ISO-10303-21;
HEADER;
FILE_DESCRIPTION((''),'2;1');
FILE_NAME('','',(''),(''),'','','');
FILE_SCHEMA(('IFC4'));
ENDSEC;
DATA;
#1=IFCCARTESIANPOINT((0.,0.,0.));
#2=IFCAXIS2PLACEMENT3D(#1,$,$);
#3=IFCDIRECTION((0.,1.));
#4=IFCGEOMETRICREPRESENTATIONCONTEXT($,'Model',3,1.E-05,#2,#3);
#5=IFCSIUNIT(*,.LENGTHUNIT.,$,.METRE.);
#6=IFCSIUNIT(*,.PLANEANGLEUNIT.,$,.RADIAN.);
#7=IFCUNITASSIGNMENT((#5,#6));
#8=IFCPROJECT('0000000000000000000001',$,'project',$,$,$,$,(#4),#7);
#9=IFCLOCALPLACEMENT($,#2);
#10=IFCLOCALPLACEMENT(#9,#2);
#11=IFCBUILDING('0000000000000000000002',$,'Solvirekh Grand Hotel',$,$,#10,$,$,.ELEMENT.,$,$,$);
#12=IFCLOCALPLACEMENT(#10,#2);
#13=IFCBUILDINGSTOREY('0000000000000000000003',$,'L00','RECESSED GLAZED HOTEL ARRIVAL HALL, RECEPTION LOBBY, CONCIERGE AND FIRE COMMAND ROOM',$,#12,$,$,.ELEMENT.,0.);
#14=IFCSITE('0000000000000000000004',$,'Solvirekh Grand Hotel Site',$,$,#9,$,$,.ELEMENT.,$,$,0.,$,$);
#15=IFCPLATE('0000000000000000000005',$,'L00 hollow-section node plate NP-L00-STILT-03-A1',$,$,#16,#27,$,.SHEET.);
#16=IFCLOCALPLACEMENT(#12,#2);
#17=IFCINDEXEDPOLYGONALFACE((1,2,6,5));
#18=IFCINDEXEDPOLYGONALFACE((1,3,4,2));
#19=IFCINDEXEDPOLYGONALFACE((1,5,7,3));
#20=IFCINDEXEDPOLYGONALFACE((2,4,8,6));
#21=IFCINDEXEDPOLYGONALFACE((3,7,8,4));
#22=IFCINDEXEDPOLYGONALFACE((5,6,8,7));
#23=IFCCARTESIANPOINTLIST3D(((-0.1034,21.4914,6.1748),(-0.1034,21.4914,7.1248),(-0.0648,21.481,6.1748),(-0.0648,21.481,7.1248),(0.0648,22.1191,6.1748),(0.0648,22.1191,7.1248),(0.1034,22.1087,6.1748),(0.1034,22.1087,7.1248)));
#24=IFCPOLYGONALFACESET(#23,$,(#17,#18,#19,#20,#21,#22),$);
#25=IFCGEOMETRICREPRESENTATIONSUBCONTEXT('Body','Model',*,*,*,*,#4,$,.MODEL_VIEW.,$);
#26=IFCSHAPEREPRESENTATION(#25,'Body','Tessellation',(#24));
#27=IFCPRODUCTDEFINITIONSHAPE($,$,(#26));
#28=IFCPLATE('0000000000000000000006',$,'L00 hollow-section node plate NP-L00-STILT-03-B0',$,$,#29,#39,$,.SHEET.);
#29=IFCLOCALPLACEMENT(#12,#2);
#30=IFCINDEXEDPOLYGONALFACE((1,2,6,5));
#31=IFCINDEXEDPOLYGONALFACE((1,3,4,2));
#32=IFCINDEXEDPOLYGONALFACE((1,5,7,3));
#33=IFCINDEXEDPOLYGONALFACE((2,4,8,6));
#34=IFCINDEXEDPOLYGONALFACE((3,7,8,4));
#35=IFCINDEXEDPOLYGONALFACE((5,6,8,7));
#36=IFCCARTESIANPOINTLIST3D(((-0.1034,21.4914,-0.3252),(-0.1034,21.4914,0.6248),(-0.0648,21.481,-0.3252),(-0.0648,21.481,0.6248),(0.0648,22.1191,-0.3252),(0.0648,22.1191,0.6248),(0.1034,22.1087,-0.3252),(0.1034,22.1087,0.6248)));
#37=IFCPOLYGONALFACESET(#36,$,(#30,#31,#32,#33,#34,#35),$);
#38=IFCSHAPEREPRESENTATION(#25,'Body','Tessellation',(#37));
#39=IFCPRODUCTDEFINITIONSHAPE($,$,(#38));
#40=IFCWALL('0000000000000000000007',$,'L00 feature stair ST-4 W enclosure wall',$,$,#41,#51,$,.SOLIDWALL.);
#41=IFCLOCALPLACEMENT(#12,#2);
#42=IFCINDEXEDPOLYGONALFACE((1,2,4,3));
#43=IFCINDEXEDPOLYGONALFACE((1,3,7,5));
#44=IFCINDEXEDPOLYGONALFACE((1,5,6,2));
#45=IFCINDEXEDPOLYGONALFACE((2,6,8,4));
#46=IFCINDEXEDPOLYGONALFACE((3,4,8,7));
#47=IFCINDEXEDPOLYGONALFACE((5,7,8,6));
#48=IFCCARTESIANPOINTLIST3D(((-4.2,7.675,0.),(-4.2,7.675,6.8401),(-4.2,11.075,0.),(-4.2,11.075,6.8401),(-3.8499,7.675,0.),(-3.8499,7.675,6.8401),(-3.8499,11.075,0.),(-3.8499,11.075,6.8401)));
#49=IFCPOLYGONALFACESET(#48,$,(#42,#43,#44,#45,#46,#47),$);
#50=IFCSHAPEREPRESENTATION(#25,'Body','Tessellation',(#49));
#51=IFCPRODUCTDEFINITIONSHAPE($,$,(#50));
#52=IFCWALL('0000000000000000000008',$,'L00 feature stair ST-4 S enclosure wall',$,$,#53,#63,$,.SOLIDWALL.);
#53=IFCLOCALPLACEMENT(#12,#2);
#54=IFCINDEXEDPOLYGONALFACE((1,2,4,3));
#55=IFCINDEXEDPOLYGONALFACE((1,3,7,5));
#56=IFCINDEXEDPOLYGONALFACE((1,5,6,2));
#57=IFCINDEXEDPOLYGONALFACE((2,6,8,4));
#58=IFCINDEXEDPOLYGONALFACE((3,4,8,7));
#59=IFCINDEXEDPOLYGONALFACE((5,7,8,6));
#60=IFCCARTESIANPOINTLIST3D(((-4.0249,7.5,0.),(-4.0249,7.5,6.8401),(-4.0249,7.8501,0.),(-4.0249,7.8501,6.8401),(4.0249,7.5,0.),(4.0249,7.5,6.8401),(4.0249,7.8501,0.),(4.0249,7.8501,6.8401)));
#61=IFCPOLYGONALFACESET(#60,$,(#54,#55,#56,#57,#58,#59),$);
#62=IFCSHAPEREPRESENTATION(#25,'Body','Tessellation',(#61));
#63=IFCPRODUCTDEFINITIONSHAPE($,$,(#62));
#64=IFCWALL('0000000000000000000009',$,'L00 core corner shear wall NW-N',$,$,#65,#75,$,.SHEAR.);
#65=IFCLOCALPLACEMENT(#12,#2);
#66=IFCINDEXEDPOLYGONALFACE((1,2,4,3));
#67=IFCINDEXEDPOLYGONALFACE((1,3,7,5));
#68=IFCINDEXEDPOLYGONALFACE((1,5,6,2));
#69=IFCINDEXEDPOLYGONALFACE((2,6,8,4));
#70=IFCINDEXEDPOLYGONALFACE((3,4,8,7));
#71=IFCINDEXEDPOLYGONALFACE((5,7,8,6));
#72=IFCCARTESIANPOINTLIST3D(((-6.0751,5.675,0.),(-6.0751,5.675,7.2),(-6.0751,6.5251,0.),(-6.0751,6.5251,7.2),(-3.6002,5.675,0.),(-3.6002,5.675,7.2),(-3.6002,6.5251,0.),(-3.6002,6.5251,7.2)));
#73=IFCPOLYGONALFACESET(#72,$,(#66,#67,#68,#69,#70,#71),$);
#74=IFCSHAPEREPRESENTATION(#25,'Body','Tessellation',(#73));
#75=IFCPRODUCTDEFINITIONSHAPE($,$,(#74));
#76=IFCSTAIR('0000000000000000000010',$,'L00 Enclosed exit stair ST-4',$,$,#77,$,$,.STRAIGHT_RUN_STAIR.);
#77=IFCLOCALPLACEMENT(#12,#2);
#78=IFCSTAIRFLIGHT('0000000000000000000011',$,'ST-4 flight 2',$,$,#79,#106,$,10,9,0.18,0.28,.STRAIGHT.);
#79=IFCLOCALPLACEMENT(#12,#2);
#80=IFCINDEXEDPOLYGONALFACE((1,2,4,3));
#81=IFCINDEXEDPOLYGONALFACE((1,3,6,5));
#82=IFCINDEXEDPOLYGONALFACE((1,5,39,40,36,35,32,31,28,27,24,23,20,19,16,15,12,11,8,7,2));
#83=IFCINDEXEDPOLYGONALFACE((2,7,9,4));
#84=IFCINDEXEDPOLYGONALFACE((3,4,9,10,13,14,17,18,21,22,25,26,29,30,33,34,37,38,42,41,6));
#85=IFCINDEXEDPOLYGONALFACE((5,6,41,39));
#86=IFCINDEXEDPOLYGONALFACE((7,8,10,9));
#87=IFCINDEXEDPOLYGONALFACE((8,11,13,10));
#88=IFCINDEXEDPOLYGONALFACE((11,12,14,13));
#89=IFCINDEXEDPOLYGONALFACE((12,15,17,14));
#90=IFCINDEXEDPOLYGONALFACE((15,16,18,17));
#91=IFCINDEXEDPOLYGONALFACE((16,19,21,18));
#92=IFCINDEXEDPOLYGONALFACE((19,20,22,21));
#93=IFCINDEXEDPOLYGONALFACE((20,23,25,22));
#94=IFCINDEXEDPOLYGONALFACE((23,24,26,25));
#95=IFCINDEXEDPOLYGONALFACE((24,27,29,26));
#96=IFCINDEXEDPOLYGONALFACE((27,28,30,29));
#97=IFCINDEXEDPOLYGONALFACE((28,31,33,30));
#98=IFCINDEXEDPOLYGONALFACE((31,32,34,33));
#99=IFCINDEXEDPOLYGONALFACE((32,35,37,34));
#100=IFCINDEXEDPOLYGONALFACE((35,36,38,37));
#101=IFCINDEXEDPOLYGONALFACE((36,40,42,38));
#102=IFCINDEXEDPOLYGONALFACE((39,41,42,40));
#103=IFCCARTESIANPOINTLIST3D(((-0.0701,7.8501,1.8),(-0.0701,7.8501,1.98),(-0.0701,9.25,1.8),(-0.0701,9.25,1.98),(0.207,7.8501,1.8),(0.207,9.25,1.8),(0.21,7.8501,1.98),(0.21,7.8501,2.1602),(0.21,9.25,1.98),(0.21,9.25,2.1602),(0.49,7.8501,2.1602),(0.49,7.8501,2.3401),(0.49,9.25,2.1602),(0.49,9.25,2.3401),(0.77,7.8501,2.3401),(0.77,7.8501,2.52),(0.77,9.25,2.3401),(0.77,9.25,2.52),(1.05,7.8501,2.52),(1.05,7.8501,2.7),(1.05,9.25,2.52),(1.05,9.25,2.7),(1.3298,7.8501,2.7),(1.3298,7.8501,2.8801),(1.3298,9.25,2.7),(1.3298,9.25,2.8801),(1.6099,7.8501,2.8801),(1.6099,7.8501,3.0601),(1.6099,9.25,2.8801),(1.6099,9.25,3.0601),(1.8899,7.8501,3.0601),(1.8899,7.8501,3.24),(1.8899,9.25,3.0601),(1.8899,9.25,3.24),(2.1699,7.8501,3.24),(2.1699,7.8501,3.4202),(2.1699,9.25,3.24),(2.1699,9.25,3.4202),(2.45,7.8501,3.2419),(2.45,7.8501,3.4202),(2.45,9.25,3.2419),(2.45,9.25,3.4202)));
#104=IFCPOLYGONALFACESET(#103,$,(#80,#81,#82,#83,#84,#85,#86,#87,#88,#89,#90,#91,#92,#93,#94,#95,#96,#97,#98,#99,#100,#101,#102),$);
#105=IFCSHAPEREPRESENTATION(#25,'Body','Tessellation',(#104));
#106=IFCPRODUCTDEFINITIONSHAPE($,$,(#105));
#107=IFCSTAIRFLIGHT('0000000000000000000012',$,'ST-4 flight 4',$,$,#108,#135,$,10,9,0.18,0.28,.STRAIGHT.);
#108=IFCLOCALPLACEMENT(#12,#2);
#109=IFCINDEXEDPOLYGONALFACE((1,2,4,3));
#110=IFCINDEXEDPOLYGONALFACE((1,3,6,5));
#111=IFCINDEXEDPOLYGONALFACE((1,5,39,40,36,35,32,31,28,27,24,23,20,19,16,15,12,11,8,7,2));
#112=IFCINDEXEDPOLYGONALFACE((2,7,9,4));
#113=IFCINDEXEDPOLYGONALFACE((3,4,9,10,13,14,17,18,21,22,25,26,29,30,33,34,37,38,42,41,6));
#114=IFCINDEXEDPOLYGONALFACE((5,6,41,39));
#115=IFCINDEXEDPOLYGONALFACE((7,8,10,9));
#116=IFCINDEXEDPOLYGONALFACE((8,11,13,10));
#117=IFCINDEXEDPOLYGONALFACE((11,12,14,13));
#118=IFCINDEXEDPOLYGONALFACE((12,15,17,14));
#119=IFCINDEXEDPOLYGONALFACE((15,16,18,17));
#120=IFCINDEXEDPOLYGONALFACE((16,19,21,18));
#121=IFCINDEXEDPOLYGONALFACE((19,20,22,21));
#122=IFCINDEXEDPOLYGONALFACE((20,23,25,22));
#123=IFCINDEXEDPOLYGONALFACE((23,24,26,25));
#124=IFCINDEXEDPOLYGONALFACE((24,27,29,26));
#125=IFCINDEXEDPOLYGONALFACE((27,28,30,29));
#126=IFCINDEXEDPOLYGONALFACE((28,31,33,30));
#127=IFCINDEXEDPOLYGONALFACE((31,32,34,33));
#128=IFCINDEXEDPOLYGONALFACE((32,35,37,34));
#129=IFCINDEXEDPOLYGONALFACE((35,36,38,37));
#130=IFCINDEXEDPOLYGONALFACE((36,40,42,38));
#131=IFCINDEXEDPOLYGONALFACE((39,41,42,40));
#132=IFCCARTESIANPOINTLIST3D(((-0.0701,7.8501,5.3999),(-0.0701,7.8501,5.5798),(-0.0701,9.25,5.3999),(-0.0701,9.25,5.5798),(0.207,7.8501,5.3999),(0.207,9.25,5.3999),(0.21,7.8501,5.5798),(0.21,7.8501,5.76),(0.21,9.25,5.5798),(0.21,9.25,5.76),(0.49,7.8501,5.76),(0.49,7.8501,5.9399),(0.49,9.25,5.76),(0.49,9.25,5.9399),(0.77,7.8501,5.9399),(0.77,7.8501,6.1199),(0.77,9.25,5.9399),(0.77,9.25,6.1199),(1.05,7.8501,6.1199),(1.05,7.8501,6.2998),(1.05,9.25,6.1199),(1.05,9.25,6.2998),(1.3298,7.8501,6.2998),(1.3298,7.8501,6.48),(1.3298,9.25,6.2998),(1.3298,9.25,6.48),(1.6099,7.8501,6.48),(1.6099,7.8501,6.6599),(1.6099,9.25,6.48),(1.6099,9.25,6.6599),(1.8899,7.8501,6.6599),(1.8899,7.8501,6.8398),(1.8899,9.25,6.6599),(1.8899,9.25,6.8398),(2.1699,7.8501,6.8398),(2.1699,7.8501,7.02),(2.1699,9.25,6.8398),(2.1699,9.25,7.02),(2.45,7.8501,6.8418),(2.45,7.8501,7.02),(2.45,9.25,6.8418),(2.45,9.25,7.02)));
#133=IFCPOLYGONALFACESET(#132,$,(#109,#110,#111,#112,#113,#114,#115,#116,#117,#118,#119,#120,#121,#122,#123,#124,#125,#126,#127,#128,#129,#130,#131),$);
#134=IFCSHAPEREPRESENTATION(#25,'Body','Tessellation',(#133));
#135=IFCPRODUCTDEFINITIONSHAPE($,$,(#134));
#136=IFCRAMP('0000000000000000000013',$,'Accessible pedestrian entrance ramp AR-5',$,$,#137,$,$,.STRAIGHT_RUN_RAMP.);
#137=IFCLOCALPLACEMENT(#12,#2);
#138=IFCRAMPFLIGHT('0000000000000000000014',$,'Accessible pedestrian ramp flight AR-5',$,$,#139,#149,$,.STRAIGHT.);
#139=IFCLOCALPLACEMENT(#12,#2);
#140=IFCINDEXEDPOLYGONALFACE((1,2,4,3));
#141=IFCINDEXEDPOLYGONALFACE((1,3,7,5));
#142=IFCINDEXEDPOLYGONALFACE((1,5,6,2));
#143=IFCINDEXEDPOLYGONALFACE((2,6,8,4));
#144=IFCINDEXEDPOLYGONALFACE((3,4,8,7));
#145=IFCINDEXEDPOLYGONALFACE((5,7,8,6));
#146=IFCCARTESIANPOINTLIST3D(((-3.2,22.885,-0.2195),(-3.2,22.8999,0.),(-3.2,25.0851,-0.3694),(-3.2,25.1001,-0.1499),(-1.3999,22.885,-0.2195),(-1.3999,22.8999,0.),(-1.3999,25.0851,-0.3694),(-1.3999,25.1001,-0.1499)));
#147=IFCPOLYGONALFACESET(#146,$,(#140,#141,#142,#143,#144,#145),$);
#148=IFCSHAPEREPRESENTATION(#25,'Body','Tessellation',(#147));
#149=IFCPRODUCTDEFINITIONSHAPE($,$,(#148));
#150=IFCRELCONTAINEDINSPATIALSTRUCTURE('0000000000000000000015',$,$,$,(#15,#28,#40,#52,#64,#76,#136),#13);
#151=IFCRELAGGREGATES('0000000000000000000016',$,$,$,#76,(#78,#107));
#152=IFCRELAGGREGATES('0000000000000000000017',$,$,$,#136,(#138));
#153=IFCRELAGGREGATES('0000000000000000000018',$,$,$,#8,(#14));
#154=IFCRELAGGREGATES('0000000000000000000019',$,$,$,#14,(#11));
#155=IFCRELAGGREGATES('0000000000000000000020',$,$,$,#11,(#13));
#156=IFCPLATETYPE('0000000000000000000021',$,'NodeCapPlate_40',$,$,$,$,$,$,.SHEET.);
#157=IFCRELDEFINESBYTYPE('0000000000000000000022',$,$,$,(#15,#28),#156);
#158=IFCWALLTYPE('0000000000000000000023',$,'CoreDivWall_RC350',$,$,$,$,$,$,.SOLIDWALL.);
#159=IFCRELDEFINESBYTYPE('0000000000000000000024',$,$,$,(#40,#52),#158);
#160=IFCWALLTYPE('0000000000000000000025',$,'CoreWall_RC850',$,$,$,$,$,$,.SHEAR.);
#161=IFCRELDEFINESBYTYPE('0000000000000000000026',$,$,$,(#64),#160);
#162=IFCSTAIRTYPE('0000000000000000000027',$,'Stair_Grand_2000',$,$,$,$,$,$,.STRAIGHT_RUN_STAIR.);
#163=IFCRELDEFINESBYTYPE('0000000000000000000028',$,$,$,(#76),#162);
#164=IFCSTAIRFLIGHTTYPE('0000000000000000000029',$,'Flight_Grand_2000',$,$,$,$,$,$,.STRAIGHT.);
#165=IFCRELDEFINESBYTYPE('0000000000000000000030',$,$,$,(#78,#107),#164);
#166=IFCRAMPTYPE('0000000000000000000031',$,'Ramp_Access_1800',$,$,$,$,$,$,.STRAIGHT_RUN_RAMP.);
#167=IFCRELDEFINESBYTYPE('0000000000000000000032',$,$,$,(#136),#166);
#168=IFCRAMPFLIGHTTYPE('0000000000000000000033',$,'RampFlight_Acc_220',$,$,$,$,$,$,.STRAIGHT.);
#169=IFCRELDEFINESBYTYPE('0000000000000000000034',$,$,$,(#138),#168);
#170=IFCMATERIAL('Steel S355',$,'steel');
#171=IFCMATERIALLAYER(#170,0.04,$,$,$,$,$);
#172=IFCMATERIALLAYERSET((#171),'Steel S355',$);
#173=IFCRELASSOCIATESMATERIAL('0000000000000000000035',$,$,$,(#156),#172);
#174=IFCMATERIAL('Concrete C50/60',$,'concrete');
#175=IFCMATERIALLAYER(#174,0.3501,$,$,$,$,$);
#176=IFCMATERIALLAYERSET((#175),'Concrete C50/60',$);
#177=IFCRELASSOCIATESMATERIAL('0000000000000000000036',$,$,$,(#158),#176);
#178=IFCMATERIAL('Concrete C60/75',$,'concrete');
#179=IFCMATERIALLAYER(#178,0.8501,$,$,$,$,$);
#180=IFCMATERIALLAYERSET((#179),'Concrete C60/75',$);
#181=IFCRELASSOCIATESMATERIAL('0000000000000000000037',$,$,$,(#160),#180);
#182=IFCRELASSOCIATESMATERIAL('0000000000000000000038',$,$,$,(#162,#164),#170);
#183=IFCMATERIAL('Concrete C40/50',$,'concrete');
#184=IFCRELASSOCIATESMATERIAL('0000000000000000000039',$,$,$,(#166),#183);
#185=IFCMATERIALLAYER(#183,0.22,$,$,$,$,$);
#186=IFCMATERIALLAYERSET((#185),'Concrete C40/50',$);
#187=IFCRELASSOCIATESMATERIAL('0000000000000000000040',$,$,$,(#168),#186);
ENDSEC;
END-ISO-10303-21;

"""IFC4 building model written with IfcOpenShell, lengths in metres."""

from ifc_helpers import new_model, si_unit, direction, frame, frame_2d, origin, origin_2d, place, context, subcontext, project, spatial, polyline, rectangle, outline, extrude, material, layer, layer_set, type_object, element, aggregate, save


model = new_model("IFC4")

# Units and contexts
model_context = context("Model", 3, precision=1e-05, world=origin(), true_north=direction((0.0, 1.0)))
body_context = subcontext(model_context, "Body", "Model", "MODEL_VIEW")
ifc_project = project(units=[si_unit("LENGTHUNIT", "METRE"), si_unit("PLANEANGLEUNIT", "RADIAN")], contexts=[model_context])

# Site, building, storey
site_placement = place(None, origin())
site = spatial("IfcSite", under=ifc_project, at=site_placement, Name="Solvirekh Grand Hotel Site", CompositionType="ELEMENT", RefElevation=0.0)
building_placement = place(site_placement, origin())
building = spatial("IfcBuilding", under=site, at=building_placement, Name="Solvirekh Grand Hotel", CompositionType="ELEMENT")
storey_placement = place(building_placement, origin())
storey = spatial("IfcBuildingStorey", under=building, at=storey_placement, Name="L00", Description="RECESSED GLAZED HOTEL ARRIVAL HALL, RECEPTION LOBBY, CONCIERGE AND FIRE COMMAND ROOM", CompositionType="ELEMENT", Elevation=0.0)

# Shared definitions
ifc_material_1 = material(Name="Concrete C60/75", Category="concrete")

# Plates
ifc_material_2 = material(Name="Steel S355", Category="steel")
ifc_layer_1 = layer(ifc_material_2, 0.04)
ifc_layer_set_1 = layer_set([ifc_layer_1], Name="Steel S355")
plate_type = type_object("IfcPlateType", Name="NodeCapPlate_40", PredefinedType="SHEET", material=ifc_layer_set_1)
for number, where, z_axis, x_axis, name in (
    (1, (0.0, 21.8, 6.1748), (0.0, 0.0, 1.0), (-0.965926, 0.258819, 0.0), "L00 hollow-section node plate NP-L00-STILT-03-A1"),
    (2, (0.0, 21.8, -0.3252), (0.0, 0.0, 1.0), (-0.965926, 0.258819, 0.0), "L00 hollow-section node plate NP-L00-STILT-03-B0"),
):
    element("IfcPlate", number, at=place(storey_placement, frame(where, z_axis=z_axis, x_axis=x_axis)), inside=storey, type_object=plate_type, Name=name, PredefinedType="SHEET", context=body_context, shape_type="SweptSolid", body=[
        extrude(rectangle(XDim=0.04, YDim=0.6499, at=origin_2d()), origin(), (0.0, 0.0, 1.0), 0.95),
    ])

# Walls
ifc_material_3 = material(Name="Concrete C50/60", Category="concrete")
ifc_layer_2 = layer(ifc_material_3, 0.3501)
ifc_layer_set_2 = layer_set([ifc_layer_2], Name="Concrete C50/60")
wall_type_1 = type_object("IfcWallType", Name="CoreDivWall_RC350", PredefinedType="SOLIDWALL", material=ifc_layer_set_2)
wall_1_placement = place(storey_placement, frame((-4.0249, 11.075, 0.0), z_axis=(0.0, 0.0, 1.0), x_axis=(0.0, -1.0, 0.0)))
element("IfcWall", 3, at=wall_1_placement, inside=storey, type_object=wall_type_1, Name="L00 feature stair ST-4 W enclosure wall", PredefinedType="SOLIDWALL", context=body_context, shape_type="SweptSolid", body=[
    extrude(rectangle(XDim=3.3999, YDim=0.3501, at=frame_2d((1.7, 0.0))), origin(), (0.0, 0.0, 1.0), 6.8401),
])
wall_2_placement = place(storey_placement, frame((-4.0249, 7.675, 0.0), z_axis=(0.0, 0.0, 1.0), x_axis=(1.0, 0.0, 0.0)))
element("IfcWall", 4, at=wall_2_placement, inside=storey, type_object=wall_type_1, Name="L00 feature stair ST-4 S enclosure wall", PredefinedType="SOLIDWALL", context=body_context, shape_type="SweptSolid", body=[
    extrude(rectangle(XDim=8.0498, YDim=0.3501, at=frame_2d((4.0249, 0.0))), origin(), (0.0, 0.0, 1.0), 6.8401),
])
ifc_layer_3 = layer(ifc_material_1, 0.8501)
ifc_layer_set_3 = layer_set([ifc_layer_3], Name="Concrete C60/75")
wall_type_2 = type_object("IfcWallType", Name="CoreWall_RC850", PredefinedType="SHEAR", material=ifc_layer_set_3)
wall_3_placement = place(storey_placement, frame((-6.075, 6.1001, 0.0), z_axis=(0.0, 0.0, 1.0), x_axis=(1.0, 0.0, 0.0)))
element("IfcWall", 5, at=wall_3_placement, inside=storey, type_object=wall_type_2, Name="L00 core corner shear wall NW-N", PredefinedType="SHEAR", context=body_context, shape_type="SweptSolid", body=[
    extrude(rectangle(XDim=2.4749, YDim=0.8501, at=frame_2d((1.2373, 0.0))), origin(), (0.0, 0.0, 1.0), 7.2),
])

# Stair, stair flights
stair_type = type_object("IfcStairType", Name="Stair_Grand_2000", PredefinedType="STRAIGHT_RUN_STAIR", material=ifc_material_2)
stair_placement = place(storey_placement, origin())
stair = element("IfcStair", 6, at=stair_placement, inside=storey, type_object=stair_type, Name="L00 Enclosed exit stair ST-4", PredefinedType="STRAIGHT_RUN_STAIR")
stair_flight_type = type_object("IfcStairFlightType", Name="Flight_Grand_2000", PredefinedType="STRAIGHT", material=ifc_material_2)
stair_flight_1_placement = place(storey_placement, frame((-0.0701, 8.55, 1.8), z_axis=(0.0, 0.0, 1.0), x_axis=(1.0, 0.0, 0.0)))
stair_flight_1 = element("IfcStairFlight", 7, at=stair_flight_1_placement, type_object=stair_flight_type, Name="ST-4 flight 2", NumberOfRisers=10, NumberOfTreads=9, PredefinedType="STRAIGHT", RiserHeight=0.18, TreadLength=0.28, context=body_context, shape_type="SweptSolid", body=[
    extrude(outline(polyline([(0.0, 0.0), (0.0, 0.1799), (0.28, 0.1799), (0.28, 0.3601), (0.5601, 0.3601), (0.5601, 0.54), (0.8401, 0.54), (0.8401, 0.72), (1.1201, 0.72), (1.1201, 0.8999), (1.3999, 0.8999), (1.3999, 1.0801), (1.6799, 1.0801), (1.6799, 1.26), (1.96, 1.26), (1.96, 1.4399), (2.24, 1.4399), (2.24, 1.6201), (2.52, 1.6201), (2.52, 1.8), (2.52, 1.4419), (0.2771, 0.0), (0.0, 0.0)])), frame((0.0, 0.7, 0.0), z_axis=(0.0, -1.0, 0.0), x_axis=(1.0, 0.0, 0.0)), (0.0, 0.0, 1.0), 1.3999),
])
stair_flight_2_placement = place(storey_placement, frame((-0.0701, 8.55, 5.3999), z_axis=(0.0, 0.0, 1.0), x_axis=(1.0, 0.0, 0.0)))
stair_flight_2 = element("IfcStairFlight", 8, at=stair_flight_2_placement, type_object=stair_flight_type, Name="ST-4 flight 4", NumberOfRisers=10, NumberOfTreads=9, PredefinedType="STRAIGHT", RiserHeight=0.18, TreadLength=0.28, context=body_context, shape_type="SweptSolid", body=[
    extrude(outline(polyline([(0.0, 0.0), (0.0, 0.1799), (0.28, 0.1799), (0.28, 0.3601), (0.5601, 0.3601), (0.5601, 0.54), (0.8401, 0.54), (0.8401, 0.72), (1.1201, 0.72), (1.1201, 0.8999), (1.3999, 0.8999), (1.3999, 1.0801), (1.6799, 1.0801), (1.6799, 1.26), (1.96, 1.26), (1.96, 1.4399), (2.24, 1.4399), (2.24, 1.6201), (2.52, 1.6201), (2.52, 1.8), (2.52, 1.4419), (0.2771, 0.0), (0.0, 0.0)])), frame((0.0, 0.7, 0.0), z_axis=(0.0, -1.0, 0.0), x_axis=(1.0, 0.0, 0.0)), (0.0, 0.0, 1.0), 1.3999),
])
aggregate(stair, [stair_flight_1, stair_flight_2])

# Ramp, ramp flight
ifc_material_4 = material(Name="Concrete C40/50", Category="concrete")
ramp_type = type_object("IfcRampType", Name="Ramp_Access_1800", PredefinedType="STRAIGHT_RUN_RAMP", material=ifc_material_4)
ramp_placement = place(storey_placement, origin())
ramp = element("IfcRamp", 9, at=ramp_placement, inside=storey, type_object=ramp_type, Name="Accessible pedestrian entrance ramp AR-5", PredefinedType="STRAIGHT_RUN_RAMP")
ifc_layer_4 = layer(ifc_material_4, 0.22)
ifc_layer_set_4 = layer_set([ifc_layer_4], Name="Concrete C40/50")
ramp_flight_type = type_object("IfcRampFlightType", Name="RampFlight_Acc_220", PredefinedType="STRAIGHT", material=ifc_layer_set_4)
ramp_flight_placement = place(storey_placement, frame((-3.2, 22.8999, 0.0), z_axis=(0.0, 0.067974, 0.997687), x_axis=(1.0, 0.0, 0.0)))
ramp_flight = element("IfcRampFlight", 10, at=ramp_flight_placement, type_object=ramp_flight_type, Name="Accessible pedestrian ramp flight AR-5", PredefinedType="STRAIGHT", context=body_context, shape_type="SweptSolid", body=[
    extrude(outline(polyline([(0.0, 0.0), (1.8, 0.0), (1.8, 2.2053), (0.0, 2.2053), (0.0, 0.0)])), origin(), (0.0, 0.0, -1.0), 0.22),
])
aggregate(ramp, [ramp_flight])

save(model, "model.ifc")
